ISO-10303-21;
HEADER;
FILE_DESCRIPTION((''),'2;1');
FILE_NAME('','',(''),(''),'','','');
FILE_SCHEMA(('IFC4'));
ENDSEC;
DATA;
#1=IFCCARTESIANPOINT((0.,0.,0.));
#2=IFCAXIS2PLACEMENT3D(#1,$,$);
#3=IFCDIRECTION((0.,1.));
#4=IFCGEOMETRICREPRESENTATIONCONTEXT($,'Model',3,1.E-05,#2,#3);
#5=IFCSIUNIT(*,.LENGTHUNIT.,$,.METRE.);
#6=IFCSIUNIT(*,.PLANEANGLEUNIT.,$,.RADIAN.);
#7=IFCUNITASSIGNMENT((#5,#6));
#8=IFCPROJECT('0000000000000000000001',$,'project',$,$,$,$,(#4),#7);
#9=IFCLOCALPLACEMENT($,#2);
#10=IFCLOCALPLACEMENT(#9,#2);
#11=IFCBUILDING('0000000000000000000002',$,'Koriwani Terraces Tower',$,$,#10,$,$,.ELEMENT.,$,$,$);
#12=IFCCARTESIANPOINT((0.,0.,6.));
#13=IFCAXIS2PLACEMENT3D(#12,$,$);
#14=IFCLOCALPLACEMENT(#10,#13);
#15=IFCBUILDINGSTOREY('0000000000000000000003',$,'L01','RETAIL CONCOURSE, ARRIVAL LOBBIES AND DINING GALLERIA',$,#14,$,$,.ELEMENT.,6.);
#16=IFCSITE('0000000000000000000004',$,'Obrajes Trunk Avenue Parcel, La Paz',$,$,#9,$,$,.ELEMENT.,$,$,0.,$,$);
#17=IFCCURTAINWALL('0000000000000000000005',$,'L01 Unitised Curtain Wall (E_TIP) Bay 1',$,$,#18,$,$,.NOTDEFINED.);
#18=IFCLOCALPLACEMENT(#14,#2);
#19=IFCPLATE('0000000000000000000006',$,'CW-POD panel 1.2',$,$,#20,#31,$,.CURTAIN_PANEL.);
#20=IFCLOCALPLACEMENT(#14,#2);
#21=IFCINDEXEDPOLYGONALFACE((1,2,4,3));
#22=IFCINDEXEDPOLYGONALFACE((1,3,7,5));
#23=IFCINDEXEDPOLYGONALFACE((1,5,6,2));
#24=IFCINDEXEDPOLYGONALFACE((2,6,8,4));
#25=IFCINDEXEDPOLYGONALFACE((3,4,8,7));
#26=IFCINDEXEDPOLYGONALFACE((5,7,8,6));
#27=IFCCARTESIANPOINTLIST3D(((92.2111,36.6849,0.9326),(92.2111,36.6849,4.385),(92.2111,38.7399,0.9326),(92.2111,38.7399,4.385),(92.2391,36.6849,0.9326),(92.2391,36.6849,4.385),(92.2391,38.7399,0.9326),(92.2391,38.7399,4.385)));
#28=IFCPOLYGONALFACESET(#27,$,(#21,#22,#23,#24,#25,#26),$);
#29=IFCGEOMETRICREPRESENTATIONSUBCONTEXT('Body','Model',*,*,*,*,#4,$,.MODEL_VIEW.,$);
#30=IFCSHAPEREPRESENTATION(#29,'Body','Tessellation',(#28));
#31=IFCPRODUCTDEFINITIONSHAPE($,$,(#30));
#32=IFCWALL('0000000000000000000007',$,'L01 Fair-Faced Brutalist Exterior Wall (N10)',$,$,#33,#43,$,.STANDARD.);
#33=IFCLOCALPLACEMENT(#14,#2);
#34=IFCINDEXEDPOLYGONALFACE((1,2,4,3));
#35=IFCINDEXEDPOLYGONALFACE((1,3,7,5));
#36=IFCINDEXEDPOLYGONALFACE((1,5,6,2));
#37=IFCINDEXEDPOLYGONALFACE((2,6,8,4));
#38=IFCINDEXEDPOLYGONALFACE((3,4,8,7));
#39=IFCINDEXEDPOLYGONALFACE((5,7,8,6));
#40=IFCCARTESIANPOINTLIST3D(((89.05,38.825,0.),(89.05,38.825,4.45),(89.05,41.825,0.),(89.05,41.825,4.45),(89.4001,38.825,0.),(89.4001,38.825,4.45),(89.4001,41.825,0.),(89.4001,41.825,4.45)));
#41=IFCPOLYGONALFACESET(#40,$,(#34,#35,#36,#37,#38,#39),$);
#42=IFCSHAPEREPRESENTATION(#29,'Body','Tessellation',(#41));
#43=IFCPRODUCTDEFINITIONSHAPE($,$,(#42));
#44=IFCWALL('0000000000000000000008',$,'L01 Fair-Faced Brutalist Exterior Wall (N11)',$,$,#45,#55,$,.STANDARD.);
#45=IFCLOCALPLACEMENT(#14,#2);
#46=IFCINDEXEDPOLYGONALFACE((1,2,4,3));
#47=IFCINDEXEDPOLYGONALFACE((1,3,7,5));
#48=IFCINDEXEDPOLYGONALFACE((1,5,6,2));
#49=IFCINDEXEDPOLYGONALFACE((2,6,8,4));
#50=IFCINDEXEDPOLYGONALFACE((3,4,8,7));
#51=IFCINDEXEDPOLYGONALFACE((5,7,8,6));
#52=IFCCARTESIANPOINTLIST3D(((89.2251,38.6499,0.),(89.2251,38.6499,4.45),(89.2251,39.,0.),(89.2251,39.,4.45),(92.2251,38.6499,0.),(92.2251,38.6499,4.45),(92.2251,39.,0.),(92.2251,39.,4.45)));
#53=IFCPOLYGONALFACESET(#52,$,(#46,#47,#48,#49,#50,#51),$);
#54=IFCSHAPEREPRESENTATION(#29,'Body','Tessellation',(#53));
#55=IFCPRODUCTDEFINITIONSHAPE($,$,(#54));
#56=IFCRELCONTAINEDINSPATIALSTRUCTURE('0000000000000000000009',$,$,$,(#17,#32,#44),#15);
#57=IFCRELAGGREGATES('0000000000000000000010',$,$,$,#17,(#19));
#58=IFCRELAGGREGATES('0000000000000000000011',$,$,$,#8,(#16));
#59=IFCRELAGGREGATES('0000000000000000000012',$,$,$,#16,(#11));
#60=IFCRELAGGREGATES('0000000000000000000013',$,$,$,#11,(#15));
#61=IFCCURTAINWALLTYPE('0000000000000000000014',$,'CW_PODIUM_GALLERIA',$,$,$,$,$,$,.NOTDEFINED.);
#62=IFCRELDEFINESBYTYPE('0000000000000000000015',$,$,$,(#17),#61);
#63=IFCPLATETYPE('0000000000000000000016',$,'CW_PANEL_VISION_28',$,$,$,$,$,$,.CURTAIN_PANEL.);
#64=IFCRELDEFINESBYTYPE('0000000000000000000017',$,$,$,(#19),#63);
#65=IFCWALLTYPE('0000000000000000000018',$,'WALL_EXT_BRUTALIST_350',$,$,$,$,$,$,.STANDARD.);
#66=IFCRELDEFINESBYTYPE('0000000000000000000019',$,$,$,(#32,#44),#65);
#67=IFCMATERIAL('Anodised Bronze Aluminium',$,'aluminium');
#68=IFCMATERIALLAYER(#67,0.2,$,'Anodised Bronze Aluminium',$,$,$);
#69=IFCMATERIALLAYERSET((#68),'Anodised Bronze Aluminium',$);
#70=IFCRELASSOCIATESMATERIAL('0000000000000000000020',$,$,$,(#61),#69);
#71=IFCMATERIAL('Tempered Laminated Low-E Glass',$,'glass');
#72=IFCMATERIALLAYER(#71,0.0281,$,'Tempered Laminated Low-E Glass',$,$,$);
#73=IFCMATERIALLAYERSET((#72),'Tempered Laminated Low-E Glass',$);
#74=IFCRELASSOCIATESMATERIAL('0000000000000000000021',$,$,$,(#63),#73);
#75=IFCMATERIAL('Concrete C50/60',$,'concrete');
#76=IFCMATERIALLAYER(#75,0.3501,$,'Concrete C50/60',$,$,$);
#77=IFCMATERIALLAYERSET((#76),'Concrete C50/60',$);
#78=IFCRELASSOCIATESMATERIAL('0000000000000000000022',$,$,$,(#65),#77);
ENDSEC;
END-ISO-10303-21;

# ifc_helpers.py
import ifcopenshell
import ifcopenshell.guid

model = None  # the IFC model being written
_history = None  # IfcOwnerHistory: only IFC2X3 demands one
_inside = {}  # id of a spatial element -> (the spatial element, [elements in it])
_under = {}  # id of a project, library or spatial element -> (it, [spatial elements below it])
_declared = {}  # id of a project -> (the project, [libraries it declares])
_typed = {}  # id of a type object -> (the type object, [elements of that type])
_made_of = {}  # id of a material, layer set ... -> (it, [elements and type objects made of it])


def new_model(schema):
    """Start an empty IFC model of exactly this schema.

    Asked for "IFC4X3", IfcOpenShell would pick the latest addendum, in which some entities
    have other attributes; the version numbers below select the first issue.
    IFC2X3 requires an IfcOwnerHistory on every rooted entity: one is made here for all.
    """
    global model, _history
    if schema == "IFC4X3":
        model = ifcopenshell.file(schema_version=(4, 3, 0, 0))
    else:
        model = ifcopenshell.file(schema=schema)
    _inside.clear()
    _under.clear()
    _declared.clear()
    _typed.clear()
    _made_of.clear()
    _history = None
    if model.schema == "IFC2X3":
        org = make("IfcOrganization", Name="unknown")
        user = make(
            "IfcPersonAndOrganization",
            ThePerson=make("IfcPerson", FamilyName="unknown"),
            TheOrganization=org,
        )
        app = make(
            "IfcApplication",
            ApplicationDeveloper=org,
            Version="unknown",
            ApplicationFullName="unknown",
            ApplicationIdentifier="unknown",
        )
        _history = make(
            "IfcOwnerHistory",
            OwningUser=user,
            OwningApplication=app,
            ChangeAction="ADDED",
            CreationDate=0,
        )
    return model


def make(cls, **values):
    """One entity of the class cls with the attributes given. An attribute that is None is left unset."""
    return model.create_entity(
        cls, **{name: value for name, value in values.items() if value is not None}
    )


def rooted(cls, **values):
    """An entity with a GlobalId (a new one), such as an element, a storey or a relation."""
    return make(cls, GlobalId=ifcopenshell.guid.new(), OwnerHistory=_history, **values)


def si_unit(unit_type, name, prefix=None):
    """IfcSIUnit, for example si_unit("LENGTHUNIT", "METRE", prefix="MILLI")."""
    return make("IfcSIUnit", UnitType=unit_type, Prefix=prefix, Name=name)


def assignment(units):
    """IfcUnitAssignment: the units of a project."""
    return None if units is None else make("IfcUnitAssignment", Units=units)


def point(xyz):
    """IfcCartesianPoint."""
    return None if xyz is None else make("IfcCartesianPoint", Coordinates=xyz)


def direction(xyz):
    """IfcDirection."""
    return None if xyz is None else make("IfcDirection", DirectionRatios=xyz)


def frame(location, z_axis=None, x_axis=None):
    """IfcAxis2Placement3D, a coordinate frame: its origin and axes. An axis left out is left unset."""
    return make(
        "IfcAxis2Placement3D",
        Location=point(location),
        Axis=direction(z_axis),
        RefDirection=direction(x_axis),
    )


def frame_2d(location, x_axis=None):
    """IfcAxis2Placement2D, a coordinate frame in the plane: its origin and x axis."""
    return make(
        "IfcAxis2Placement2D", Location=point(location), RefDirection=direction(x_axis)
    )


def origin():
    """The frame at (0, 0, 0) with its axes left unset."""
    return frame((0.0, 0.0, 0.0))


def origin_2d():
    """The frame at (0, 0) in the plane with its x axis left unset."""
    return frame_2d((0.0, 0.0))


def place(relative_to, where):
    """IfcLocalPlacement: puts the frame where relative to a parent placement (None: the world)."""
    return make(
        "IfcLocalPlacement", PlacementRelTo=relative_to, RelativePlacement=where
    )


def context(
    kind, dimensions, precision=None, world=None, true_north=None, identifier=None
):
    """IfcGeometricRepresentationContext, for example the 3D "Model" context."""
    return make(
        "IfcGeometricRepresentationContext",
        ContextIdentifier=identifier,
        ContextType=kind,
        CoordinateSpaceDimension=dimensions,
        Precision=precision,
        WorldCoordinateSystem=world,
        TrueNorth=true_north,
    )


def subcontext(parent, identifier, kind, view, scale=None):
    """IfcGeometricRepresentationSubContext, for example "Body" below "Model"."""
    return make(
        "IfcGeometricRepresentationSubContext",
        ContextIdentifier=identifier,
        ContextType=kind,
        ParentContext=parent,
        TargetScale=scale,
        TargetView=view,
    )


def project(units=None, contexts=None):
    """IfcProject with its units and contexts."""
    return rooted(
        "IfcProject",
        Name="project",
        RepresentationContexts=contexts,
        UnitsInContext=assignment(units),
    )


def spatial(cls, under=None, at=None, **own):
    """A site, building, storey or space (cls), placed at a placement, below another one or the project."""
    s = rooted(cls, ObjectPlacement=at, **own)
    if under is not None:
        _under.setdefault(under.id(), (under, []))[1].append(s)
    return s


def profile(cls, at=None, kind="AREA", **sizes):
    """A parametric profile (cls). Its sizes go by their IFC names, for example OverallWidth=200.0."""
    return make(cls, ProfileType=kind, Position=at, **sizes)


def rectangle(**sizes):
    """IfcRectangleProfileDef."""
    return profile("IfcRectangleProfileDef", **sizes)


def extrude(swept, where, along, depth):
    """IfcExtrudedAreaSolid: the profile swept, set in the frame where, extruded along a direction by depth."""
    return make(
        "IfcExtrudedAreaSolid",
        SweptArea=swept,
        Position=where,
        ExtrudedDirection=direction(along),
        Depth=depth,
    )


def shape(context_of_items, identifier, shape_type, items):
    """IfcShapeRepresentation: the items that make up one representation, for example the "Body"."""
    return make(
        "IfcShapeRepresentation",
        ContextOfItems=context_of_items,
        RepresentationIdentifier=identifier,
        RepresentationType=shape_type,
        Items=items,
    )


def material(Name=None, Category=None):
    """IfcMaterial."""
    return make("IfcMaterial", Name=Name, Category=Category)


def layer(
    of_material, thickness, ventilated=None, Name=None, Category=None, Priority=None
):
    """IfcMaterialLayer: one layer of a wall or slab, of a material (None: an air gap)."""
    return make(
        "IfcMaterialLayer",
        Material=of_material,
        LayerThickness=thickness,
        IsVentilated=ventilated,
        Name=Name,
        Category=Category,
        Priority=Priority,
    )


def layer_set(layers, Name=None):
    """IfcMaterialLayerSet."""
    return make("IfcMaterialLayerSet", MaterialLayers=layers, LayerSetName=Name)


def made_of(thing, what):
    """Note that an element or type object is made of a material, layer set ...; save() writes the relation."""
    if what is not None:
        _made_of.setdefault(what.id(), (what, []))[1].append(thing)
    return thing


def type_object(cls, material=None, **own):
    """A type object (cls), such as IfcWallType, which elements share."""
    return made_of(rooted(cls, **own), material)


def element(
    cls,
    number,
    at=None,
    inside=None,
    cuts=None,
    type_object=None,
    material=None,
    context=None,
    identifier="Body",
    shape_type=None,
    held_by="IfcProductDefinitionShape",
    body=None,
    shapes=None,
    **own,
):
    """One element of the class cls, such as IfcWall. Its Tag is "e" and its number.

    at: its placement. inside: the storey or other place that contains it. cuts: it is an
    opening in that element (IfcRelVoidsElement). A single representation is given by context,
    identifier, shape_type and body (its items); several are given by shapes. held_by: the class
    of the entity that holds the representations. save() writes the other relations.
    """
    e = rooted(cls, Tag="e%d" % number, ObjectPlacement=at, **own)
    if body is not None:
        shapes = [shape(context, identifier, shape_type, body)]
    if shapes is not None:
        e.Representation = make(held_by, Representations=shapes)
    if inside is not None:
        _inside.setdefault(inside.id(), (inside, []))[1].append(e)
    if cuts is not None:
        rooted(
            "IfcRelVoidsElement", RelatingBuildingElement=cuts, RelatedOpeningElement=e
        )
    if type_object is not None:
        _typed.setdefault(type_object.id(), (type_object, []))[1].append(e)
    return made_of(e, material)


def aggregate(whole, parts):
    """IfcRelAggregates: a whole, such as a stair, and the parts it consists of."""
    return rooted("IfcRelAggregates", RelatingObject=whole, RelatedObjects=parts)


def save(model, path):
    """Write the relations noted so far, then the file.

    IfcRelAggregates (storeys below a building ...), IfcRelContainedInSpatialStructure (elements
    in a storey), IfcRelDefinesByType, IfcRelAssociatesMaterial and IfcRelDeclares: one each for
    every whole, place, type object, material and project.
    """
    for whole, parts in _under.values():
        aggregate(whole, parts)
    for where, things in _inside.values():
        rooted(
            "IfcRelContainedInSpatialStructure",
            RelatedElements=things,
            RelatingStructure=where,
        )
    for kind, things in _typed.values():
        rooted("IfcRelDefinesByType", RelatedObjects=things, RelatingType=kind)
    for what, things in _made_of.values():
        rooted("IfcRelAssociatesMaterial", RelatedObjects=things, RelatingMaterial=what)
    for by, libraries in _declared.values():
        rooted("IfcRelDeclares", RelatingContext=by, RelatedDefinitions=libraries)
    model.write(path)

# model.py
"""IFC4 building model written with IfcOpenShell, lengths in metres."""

from ifc_helpers import new_model, si_unit, direction, frame, frame_2d, origin, origin_2d, place, context, subcontext, project, spatial, rectangle, extrude, material, layer, layer_set, type_object, element, aggregate, save


model = new_model("IFC4")

# Units and contexts
model_context = context("Model", 3, precision=1e-05, world=origin(), true_north=direction((0.0, 1.0)))
body_context = subcontext(model_context, "Body", "Model", "MODEL_VIEW")
ifc_project = project(units=[si_unit("LENGTHUNIT", "METRE"), si_unit("PLANEANGLEUNIT", "RADIAN")], contexts=[model_context])

# Site, building, storey
site_placement = place(None, origin())
site = spatial("IfcSite", under=ifc_project, at=site_placement, Name="Obrajes Trunk Avenue Parcel, La Paz", CompositionType="ELEMENT", RefElevation=0.0)
building_placement = place(site_placement, origin())
building = spatial("IfcBuilding", under=site, at=building_placement, Name="Koriwani Terraces Tower", CompositionType="ELEMENT")
storey_placement = place(building_placement, frame((0.0, 0.0, 6.0)))
storey = spatial("IfcBuildingStorey", under=building, at=storey_placement, Name="L01", Description="RETAIL CONCOURSE, ARRIVAL LOBBIES AND DINING GALLERIA", CompositionType="ELEMENT", Elevation=6.0)

# Curtain wall, plate
ifc_material_1 = material(Name="Anodised Bronze Aluminium", Category="aluminium")
ifc_layer_1 = layer(ifc_material_1, 0.2, Name="Anodised Bronze Aluminium")
ifc_layer_set_1 = layer_set([ifc_layer_1], Name="Anodised Bronze Aluminium")
curtain_wall_type = type_object("IfcCurtainWallType", Name="CW_PODIUM_GALLERIA", PredefinedType="NOTDEFINED", material=ifc_layer_set_1)
curtain_wall_placement = place(storey_placement, origin())
curtain_wall = element("IfcCurtainWall", 1, at=curtain_wall_placement, inside=storey, type_object=curtain_wall_type, Name="L01 Unitised Curtain Wall (E_TIP) Bay 1", PredefinedType="NOTDEFINED")
ifc_material_2 = material(Name="Tempered Laminated Low-E Glass", Category="glass")
ifc_layer_2 = layer(ifc_material_2, 0.0281, Name="Tempered Laminated Low-E Glass")
ifc_layer_set_2 = layer_set([ifc_layer_2], Name="Tempered Laminated Low-E Glass")
plate_type = type_object("IfcPlateType", Name="CW_PANEL_VISION_28", PredefinedType="CURTAIN_PANEL", material=ifc_layer_set_2)
plate_1_placement = place(storey_placement, frame((92.2251, 37.7124, 0.9326), z_axis=(0.0, 0.0, 1.0), x_axis=(0.0, -1.0, 0.0)))
plate_1 = element("IfcPlate", 2, at=plate_1_placement, type_object=plate_type, Name="CW-POD panel 1.2", PredefinedType="CURTAIN_PANEL", context=body_context, shape_type="SweptSolid", body=[
    extrude(rectangle(XDim=2.0549, YDim=0.0281, at=origin_2d()), origin(), (0.0, 0.0, 1.0), 3.4524),
])
aggregate(curtain_wall, [plate_1])

# Walls
ifc_material_3 = material(Name="Concrete C50/60", Category="concrete")
ifc_layer_3 = layer(ifc_material_3, 0.3501, Name="Concrete C50/60")
ifc_layer_set_3 = layer_set([ifc_layer_3], Name="Concrete C50/60")
wall_type = type_object("IfcWallType", Name="WALL_EXT_BRUTALIST_350", PredefinedType="STANDARD", material=ifc_layer_set_3)
for number, where, z_axis, x_axis, name in (
    (3, (89.2251, 41.825, 0.0), (0.0, 0.0, 1.0), (0.0, -1.0, 0.0), "L01 Fair-Faced Brutalist Exterior Wall (N10)"),
    (4, (89.2251, 38.825, 0.0), (0.0, 0.0, 1.0), (1.0, 0.0, 0.0), "L01 Fair-Faced Brutalist Exterior Wall (N11)"),
):
    element("IfcWall", number, at=place(storey_placement, frame(where, z_axis=z_axis, x_axis=x_axis)), inside=storey, type_object=wall_type, Name=name, PredefinedType="STANDARD", context=body_context, shape_type="SweptSolid", body=[
        extrude(rectangle(XDim=3.0, YDim=0.3501, at=frame_2d((1.5, 0.0))), origin(), (0.0, 0.0, 1.0), 4.45),
    ])

save(model, "model.ifc")
